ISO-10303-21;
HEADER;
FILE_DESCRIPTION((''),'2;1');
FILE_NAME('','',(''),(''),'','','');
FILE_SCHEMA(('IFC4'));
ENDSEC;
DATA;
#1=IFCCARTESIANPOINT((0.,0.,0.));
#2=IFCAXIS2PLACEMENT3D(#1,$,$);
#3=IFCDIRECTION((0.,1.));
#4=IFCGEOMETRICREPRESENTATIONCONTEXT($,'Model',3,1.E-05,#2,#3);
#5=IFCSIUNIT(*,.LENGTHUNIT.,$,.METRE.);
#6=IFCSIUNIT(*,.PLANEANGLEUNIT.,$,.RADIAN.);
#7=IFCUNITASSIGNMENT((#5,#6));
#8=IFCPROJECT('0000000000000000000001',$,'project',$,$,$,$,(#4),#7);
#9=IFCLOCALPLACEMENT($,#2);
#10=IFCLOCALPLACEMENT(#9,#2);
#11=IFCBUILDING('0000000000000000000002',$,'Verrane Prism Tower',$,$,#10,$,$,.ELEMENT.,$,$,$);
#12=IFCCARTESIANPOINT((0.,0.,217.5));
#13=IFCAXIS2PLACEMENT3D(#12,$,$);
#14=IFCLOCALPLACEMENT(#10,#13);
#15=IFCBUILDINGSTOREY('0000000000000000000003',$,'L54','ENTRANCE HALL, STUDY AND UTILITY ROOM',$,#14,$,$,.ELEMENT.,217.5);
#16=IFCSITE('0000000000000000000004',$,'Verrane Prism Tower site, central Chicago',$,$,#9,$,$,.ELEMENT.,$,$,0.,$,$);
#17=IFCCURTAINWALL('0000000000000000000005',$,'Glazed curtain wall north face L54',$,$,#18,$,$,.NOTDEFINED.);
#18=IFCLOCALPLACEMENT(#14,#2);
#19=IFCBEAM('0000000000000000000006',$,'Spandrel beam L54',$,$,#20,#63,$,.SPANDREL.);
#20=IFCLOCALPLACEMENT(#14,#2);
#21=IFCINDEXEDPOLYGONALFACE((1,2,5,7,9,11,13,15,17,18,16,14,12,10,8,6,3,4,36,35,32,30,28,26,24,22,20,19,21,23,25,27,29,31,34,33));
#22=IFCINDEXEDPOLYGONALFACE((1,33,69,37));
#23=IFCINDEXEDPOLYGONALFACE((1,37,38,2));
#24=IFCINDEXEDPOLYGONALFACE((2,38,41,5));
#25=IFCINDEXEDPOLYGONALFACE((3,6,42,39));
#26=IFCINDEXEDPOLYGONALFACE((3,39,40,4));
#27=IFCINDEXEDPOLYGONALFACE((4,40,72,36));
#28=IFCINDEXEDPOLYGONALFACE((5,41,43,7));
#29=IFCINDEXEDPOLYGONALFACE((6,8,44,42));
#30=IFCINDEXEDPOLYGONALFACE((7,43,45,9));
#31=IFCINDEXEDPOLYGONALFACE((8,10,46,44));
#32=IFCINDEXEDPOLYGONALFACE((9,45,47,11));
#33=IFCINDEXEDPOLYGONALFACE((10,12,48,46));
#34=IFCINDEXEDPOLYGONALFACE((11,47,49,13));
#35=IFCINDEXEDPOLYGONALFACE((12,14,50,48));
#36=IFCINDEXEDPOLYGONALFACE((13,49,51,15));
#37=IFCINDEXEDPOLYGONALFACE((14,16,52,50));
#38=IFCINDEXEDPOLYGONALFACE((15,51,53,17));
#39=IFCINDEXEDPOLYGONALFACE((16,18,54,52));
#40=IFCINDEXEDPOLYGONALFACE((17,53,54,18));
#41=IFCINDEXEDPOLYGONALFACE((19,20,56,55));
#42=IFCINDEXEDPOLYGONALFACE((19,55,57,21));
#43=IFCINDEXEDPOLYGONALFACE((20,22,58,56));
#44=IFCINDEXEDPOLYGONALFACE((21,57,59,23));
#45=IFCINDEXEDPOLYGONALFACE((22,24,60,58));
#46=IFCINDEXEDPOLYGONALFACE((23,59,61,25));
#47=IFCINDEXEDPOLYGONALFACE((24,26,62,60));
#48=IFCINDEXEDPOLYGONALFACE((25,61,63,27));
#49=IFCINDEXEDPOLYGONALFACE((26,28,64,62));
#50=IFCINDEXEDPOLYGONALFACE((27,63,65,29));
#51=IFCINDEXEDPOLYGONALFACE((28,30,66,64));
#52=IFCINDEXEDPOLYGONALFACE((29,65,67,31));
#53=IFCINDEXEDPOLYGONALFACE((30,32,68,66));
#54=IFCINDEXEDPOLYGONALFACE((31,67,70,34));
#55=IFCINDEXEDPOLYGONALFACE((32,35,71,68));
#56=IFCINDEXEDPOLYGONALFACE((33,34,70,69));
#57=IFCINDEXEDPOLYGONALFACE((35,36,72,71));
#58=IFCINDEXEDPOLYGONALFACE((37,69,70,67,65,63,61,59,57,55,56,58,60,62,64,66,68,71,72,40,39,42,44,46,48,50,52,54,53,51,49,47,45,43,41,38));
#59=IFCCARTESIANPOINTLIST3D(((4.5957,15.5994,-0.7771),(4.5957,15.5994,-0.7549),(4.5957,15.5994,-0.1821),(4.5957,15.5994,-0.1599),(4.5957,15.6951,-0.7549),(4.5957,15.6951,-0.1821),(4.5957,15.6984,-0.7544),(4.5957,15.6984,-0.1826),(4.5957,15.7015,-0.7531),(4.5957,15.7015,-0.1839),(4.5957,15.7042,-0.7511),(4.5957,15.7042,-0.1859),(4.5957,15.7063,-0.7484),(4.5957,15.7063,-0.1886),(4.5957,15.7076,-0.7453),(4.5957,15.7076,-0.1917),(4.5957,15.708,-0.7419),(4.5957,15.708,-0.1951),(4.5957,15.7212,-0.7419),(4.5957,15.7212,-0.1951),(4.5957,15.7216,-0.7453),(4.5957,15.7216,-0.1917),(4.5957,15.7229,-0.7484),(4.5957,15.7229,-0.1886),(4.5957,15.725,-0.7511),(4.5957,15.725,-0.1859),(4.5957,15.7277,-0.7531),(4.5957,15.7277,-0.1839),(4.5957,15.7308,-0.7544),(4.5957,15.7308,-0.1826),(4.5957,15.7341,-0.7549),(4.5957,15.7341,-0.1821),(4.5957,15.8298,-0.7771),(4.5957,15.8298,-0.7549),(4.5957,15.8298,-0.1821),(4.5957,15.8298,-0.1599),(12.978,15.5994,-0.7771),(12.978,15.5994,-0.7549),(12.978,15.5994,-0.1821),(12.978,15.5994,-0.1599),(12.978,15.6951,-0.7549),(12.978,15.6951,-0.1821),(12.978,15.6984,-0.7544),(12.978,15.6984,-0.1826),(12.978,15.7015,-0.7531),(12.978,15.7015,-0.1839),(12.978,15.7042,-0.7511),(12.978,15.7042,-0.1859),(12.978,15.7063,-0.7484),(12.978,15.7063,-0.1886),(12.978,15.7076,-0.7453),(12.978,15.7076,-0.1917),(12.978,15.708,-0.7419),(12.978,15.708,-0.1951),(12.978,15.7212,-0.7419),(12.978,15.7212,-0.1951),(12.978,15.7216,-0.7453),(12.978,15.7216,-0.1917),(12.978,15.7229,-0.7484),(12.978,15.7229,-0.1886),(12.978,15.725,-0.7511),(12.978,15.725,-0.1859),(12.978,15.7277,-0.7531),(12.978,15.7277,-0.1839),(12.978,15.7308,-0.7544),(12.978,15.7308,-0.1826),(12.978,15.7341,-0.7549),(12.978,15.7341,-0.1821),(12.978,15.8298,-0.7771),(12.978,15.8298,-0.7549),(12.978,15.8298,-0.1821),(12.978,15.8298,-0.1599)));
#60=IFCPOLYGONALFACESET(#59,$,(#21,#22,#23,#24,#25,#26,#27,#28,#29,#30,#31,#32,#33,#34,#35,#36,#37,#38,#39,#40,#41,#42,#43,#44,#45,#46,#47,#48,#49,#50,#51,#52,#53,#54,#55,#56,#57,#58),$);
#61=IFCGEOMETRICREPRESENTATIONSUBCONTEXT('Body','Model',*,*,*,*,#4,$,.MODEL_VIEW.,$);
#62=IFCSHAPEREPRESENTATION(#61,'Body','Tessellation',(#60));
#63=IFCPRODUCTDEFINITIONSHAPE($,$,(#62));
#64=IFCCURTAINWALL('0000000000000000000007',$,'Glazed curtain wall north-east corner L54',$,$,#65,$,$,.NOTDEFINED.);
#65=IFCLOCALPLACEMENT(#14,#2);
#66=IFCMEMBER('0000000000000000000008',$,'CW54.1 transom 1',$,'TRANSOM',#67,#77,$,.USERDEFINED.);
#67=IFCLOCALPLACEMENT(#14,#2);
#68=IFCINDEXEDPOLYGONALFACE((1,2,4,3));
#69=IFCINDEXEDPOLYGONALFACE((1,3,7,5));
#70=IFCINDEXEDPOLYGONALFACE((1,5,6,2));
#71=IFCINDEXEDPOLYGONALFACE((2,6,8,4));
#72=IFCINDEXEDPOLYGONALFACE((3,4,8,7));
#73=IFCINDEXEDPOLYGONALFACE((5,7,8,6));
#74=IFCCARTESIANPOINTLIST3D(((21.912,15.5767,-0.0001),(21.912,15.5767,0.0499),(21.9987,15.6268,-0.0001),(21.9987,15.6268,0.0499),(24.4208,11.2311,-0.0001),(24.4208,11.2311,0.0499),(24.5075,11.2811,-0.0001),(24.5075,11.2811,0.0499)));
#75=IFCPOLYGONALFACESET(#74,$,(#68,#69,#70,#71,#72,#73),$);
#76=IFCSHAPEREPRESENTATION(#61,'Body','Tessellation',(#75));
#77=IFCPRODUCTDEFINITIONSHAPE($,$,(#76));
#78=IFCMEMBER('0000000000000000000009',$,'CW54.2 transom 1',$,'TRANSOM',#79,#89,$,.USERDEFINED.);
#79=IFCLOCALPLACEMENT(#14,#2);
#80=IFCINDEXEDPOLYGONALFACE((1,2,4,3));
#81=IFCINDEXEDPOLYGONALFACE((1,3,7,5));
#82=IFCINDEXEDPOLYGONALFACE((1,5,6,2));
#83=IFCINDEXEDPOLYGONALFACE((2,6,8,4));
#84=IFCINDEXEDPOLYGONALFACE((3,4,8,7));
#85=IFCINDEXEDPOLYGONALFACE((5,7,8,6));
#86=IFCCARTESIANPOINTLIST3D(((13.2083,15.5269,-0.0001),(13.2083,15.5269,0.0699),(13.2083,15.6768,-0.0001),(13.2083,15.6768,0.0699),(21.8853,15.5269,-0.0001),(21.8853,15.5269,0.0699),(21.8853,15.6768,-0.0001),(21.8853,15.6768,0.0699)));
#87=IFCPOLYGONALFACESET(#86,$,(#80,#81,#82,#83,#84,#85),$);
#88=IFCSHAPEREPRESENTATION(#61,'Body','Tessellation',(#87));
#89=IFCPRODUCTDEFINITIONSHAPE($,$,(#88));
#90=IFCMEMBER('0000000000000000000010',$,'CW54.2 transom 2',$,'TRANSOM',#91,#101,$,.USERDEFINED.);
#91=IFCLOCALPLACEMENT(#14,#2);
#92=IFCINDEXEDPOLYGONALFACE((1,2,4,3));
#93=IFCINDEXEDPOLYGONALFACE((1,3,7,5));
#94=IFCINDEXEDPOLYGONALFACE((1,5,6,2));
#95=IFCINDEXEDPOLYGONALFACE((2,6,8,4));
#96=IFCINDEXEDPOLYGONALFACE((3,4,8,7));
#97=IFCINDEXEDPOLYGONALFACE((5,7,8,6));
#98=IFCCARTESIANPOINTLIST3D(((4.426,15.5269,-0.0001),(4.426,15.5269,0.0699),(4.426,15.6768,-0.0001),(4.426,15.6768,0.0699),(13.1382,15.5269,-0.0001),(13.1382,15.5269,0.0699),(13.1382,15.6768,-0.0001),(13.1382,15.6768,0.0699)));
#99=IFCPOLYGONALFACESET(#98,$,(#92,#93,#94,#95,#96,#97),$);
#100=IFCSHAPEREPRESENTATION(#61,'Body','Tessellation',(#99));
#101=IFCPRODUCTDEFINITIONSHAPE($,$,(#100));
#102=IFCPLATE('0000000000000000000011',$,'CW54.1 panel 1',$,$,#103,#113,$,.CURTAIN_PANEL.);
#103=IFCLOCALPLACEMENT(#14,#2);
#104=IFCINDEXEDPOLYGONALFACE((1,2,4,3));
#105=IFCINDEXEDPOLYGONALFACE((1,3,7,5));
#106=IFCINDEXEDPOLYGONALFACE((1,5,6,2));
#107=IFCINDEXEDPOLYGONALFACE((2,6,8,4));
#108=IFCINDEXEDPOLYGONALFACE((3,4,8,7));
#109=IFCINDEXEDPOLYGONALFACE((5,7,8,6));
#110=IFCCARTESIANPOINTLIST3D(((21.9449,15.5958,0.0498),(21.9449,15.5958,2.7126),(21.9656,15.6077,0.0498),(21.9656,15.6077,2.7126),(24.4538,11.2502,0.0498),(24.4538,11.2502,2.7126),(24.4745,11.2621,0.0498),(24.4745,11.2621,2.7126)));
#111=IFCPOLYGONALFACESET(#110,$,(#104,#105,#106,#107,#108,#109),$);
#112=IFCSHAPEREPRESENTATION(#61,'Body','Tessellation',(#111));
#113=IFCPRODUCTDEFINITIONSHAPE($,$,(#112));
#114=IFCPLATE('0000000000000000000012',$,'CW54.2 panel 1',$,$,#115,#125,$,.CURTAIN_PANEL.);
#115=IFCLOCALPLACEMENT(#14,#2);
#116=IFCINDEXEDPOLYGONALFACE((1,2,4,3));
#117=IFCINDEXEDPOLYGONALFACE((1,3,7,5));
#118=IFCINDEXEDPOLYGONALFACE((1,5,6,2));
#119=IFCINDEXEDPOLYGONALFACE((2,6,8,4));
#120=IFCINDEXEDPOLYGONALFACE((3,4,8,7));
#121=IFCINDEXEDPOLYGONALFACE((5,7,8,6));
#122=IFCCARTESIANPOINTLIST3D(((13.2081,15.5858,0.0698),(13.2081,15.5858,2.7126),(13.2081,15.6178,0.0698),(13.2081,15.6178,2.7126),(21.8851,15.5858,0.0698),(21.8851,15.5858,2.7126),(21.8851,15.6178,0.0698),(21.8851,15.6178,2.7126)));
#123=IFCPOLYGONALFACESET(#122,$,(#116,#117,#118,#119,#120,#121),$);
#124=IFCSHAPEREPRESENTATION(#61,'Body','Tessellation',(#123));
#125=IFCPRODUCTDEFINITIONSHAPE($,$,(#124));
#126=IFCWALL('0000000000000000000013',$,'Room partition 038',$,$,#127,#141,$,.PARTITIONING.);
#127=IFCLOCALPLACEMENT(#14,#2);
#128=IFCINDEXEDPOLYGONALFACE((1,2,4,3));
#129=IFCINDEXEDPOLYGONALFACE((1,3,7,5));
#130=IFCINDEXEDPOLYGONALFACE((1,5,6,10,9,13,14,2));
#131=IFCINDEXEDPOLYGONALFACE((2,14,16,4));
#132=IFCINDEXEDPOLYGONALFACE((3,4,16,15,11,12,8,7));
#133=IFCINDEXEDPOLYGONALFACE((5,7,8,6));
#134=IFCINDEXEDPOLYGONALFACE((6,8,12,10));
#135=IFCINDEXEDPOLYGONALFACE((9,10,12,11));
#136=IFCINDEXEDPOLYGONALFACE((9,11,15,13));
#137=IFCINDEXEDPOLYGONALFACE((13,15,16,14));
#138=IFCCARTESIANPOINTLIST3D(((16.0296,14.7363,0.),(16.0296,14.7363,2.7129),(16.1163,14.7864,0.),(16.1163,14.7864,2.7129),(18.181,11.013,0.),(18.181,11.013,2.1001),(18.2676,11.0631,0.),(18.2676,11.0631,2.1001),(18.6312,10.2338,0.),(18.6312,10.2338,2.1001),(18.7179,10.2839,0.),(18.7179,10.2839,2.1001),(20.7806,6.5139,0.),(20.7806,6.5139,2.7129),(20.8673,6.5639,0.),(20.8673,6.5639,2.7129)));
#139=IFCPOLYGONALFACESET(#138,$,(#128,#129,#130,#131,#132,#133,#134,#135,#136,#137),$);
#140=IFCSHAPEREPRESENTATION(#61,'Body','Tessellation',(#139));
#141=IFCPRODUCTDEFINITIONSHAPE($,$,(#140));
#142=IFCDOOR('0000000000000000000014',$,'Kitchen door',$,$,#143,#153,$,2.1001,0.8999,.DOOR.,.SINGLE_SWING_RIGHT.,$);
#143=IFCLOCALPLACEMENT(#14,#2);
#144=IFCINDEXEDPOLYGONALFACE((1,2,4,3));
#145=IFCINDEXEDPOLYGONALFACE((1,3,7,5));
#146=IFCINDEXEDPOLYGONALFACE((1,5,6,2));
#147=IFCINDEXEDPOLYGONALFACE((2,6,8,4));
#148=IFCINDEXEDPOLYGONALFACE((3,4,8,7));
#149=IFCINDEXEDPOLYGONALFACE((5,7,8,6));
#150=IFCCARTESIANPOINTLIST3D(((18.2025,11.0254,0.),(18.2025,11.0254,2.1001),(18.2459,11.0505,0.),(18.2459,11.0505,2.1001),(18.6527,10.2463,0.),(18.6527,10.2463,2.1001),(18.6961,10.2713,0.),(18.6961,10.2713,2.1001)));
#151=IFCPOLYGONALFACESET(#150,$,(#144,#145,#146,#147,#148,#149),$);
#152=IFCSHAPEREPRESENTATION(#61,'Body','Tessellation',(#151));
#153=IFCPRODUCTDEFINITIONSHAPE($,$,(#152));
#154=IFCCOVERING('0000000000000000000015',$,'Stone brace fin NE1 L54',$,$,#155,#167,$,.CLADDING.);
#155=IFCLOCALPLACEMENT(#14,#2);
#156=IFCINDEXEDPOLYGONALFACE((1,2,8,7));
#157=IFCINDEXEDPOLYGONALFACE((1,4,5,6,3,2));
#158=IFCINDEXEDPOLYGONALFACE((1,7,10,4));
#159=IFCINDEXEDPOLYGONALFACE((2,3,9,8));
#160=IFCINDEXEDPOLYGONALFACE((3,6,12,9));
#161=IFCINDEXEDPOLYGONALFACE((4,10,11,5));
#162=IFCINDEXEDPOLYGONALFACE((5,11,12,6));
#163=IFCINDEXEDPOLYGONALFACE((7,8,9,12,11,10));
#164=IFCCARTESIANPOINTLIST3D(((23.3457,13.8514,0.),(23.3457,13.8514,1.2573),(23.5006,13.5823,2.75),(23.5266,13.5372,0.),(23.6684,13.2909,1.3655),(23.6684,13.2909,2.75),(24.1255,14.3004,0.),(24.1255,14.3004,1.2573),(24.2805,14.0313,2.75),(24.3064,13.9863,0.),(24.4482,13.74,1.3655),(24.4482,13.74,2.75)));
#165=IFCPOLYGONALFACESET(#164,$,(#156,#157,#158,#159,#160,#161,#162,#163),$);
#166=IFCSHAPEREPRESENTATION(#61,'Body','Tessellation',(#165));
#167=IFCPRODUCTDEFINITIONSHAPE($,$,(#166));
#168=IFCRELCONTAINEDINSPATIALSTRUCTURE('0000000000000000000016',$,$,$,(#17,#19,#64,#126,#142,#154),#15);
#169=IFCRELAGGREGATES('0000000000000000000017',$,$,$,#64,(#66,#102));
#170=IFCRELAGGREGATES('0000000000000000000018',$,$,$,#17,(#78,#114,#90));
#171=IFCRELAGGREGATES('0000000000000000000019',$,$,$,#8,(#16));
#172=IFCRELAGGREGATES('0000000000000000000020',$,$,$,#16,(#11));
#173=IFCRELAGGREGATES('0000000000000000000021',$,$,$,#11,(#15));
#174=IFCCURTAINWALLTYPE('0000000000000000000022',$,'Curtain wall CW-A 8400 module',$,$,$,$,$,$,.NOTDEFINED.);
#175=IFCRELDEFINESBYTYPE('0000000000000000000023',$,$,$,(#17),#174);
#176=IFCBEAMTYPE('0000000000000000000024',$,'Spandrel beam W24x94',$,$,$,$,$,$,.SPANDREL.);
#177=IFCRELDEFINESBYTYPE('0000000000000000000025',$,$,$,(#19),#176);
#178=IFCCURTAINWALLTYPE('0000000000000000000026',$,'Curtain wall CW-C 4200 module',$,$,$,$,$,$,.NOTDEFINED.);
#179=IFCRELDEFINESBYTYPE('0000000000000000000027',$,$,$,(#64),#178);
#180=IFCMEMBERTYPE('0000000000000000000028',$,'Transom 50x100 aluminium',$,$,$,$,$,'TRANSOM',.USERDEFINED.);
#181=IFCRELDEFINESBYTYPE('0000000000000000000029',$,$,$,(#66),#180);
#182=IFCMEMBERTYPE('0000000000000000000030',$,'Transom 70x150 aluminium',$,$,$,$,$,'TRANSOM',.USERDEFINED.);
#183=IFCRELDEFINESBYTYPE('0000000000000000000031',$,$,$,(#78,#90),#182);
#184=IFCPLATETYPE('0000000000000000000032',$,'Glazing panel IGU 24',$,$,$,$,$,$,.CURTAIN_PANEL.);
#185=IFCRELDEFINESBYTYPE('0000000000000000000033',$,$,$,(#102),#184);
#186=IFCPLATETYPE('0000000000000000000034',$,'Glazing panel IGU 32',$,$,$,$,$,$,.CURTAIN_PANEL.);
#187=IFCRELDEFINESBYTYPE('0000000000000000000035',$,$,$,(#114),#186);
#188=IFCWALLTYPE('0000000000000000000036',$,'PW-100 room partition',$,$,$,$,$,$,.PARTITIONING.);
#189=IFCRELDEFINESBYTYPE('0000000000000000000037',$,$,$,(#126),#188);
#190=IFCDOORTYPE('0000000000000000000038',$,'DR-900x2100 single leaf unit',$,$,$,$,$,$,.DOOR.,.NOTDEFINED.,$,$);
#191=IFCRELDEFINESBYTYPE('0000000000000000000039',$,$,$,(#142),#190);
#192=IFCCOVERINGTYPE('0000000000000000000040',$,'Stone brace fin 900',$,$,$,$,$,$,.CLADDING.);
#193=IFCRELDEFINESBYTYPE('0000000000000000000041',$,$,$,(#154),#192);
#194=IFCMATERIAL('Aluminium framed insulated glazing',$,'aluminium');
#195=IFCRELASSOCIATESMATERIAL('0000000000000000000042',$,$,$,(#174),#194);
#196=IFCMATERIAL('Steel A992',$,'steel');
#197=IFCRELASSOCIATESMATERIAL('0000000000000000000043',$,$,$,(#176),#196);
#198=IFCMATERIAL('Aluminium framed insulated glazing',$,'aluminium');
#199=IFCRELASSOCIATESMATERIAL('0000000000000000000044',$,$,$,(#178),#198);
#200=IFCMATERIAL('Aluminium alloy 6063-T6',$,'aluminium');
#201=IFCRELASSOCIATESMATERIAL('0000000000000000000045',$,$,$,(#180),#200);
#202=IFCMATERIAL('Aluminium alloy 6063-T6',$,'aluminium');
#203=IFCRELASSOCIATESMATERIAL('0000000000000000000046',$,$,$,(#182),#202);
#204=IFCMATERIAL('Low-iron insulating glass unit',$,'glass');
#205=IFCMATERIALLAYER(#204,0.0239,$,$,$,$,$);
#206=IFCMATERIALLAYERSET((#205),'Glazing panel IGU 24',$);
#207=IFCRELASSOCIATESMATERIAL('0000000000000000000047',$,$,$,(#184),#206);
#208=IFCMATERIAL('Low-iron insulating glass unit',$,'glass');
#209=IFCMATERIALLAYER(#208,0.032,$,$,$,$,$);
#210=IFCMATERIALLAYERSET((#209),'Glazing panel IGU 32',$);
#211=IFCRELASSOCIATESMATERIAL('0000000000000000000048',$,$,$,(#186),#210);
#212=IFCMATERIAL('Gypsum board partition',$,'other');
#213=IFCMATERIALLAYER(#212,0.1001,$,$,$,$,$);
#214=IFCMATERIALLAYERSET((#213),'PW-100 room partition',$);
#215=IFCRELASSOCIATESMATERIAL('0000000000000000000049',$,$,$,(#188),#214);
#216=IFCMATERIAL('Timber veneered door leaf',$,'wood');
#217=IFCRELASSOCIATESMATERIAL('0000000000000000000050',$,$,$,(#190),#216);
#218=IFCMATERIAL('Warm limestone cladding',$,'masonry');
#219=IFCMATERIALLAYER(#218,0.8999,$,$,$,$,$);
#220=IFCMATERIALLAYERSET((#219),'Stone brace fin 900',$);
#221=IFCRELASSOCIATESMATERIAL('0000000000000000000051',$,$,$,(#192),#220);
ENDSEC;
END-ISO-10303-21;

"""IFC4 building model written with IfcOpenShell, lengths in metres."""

from ifc_helpers import new_model, si_unit, direction, frame, frame_2d, origin, origin_2d, place, context, subcontext, project, spatial, polyline, rectangle, i_section, outline, extrude, material, layer, layer_set, material_profile, profile_set, type_object, element, fill, aggregate, save


model = new_model("IFC4")

# Units and contexts
model_context = context("Model", 3, precision=1e-05, world=origin(), true_north=direction((0.0, 1.0)))
body_context = subcontext(model_context, "Body", "Model", "MODEL_VIEW")
ifc_project = project(units=[si_unit("LENGTHUNIT", "METRE"), si_unit("PLANEANGLEUNIT", "RADIAN")], contexts=[model_context])

# Site, building, storey
site_placement = place(None, origin())
site = spatial("IfcSite", under=ifc_project, at=site_placement, Name="Verrane Prism Tower site, central Chicago", CompositionType="ELEMENT", RefElevation=0.0)
building_placement = place(site_placement, origin())
building = spatial("IfcBuilding", under=site, at=building_placement, Name="Verrane Prism Tower", CompositionType="ELEMENT")
storey_placement = place(building_placement, frame((0.0, 0.0, 217.5)))
storey = spatial("IfcBuildingStorey", under=building, at=storey_placement, Name="L54", Description="ENTRANCE HALL, STUDY AND UTILITY ROOM", CompositionType="ELEMENT", Elevation=217.5)

# Curtain wall
ifc_material_1 = material(Name="Aluminium framed insulated glazing", Category="aluminium")
curtain_wall_type_1 = type_object("IfcCurtainWallType", Name="Curtain wall CW-A 8400 module", PredefinedType="NOTDEFINED", material=ifc_material_1)
curtain_wall_1_placement = place(storey_placement, origin())
curtain_wall_1 = element("IfcCurtainWall", 1, at=curtain_wall_1_placement, inside=storey, type_object=curtain_wall_type_1, Name="Glazed curtain wall north face L54", PredefinedType="NOTDEFINED")

# Beam
ifc_material_2 = material(Name="Steel A992", Category="steel")
ifc_material_profile_1 = material_profile(ifc_material_2, i_section(OverallWidth=0.2305, OverallDepth=0.6172, WebThickness=0.0132, FlangeThickness=0.0222, FilletRadius=0.0129, at=origin_2d()), Name="W24x94")
ifc_profile_set_1 = profile_set([ifc_material_profile_1], Name="Steel A992")
beam_type_1 = type_object("IfcBeamType", Name="Spandrel beam W24x94", PredefinedType="SPANDREL", material=ifc_profile_set_1)
beam_1_placement = place(storey_placement, frame((12.978, 15.7146, -0.4685), z_axis=(-1.0, 0.0, 0.0), x_axis=(0.0, -1.0, 0.0)))
element("IfcBeam", 2, at=beam_1_placement, inside=storey, type_object=beam_type_1, Name="Spandrel beam L54", PredefinedType="SPANDREL", context=body_context, shape_type="SweptSolid", body=[
    extrude(i_section(OverallWidth=0.2305, OverallDepth=0.6172, WebThickness=0.0132, FlangeThickness=0.0222, FilletRadius=0.0129, at=origin_2d()), origin(), (0.0, 0.0, 1.0), 8.3823),
])

# Curtain wall, member
ifc_material_3 = material(Name="Aluminium framed insulated glazing", Category="aluminium")
curtain_wall_type_2 = type_object("IfcCurtainWallType", Name="Curtain wall CW-C 4200 module", PredefinedType="NOTDEFINED", material=ifc_material_3)
curtain_wall_2_placement = place(storey_placement, origin())
curtain_wall_2 = element("IfcCurtainWall", 3, at=curtain_wall_2_placement, inside=storey, type_object=curtain_wall_type_2, Name="Glazed curtain wall north-east corner L54", PredefinedType="NOTDEFINED")
ifc_material_4 = material(Name="Aluminium alloy 6063-T6", Category="aluminium")
ifc_material_profile_2 = material_profile(ifc_material_4, rectangle(XDim=0.1001, YDim=0.05, at=origin_2d()), Name="Transom 50x100 aluminium")
ifc_profile_set_2 = profile_set([ifc_material_profile_2], Name="Aluminium alloy 6063-T6")
member_type_1 = type_object("IfcMemberType", Name="Transom 50x100 aluminium", ElementType="TRANSOM", PredefinedType="USERDEFINED", material=ifc_profile_set_2)
member_1_placement = place(storey_placement, frame((24.4641, 11.2561, 0.0249), z_axis=(-0.49997, 0.866043, 0.0), x_axis=(-0.866043, -0.49997, 0.0)))
member_1 = element("IfcMember", 4, at=member_1_placement, type_object=member_type_1, Name="CW54.1 transom 1", ObjectType="TRANSOM", PredefinedType="USERDEFINED", context=body_context, shape_type="SweptSolid", body=[
    extrude(rectangle(XDim=0.1001, YDim=0.05, at=origin_2d()), origin(), (0.0, 0.0, 1.0), 5.0178),
])

# Members
ifc_material_5 = material(Name="Aluminium alloy 6063-T6", Category="aluminium")
ifc_material_profile_3 = material_profile(ifc_material_5, rectangle(XDim=0.1499, YDim=0.0701, at=origin_2d()), Name="Transom 70x150 aluminium")
ifc_profile_set_3 = profile_set([ifc_material_profile_3], Name="Aluminium alloy 6063-T6")
member_type_2 = type_object("IfcMemberType", Name="Transom 70x150 aluminium", ElementType="TRANSOM", PredefinedType="USERDEFINED", material=ifc_profile_set_3)
member_2_placement = place(storey_placement, frame((21.8853, 15.6018, 0.0349), z_axis=(-1.0, 0.0, 0.0), x_axis=(0.0, -1.0, 0.0)))
member_2 = element("IfcMember", 5, at=member_2_placement, type_object=member_type_2, Name="CW54.2 transom 1", ObjectType="TRANSOM", PredefinedType="USERDEFINED", context=body_context, shape_type="SweptSolid", body=[
    extrude(rectangle(XDim=0.1499, YDim=0.0701, at=origin_2d()), origin(), (0.0, 0.0, 1.0), 8.677),
])
member_3_placement = place(storey_placement, frame((13.1382, 15.6018, 0.0349), z_axis=(-1.0, 0.0, 0.0), x_axis=(0.0, -1.0, 0.0)))
member_3 = element("IfcMember", 6, at=member_3_placement, type_object=member_type_2, Name="CW54.2 transom 2", ObjectType="TRANSOM", PredefinedType="USERDEFINED", context=body_context, shape_type="SweptSolid", body=[
    extrude(rectangle(XDim=0.1499, YDim=0.0701, at=origin_2d()), origin(), (0.0, 0.0, 1.0), 8.7122),
])

# Plates
ifc_material_6 = material(Name="Low-iron insulating glass unit", Category="glass")
ifc_layer_1 = layer(ifc_material_6, 0.0239)
ifc_layer_set_1 = layer_set([ifc_layer_1], Name="Glazing panel IGU 24")
plate_type_1 = type_object("IfcPlateType", Name="Glazing panel IGU 24", PredefinedType="CURTAIN_PANEL", material=ifc_layer_set_1)
plate_1_placement = place(storey_placement, frame((23.2097, 13.429, 0.0498), z_axis=(0.0, 0.0, 1.0), x_axis=(-0.499995, 0.866028, 0.0)))
plate_1 = element("IfcPlate", 7, at=plate_1_placement, type_object=plate_type_1, Name="CW54.1 panel 1", PredefinedType="CURTAIN_PANEL", context=body_context, shape_type="SweptSolid", body=[
    extrude(rectangle(XDim=5.0178, YDim=0.0239, at=origin_2d()), origin(), (0.0, 0.0, 1.0), 2.6628),
])
aggregate(curtain_wall_2, [member_1, plate_1])
ifc_material_7 = material(Name="Low-iron insulating glass unit", Category="glass")
ifc_layer_2 = layer(ifc_material_7, 0.032)
ifc_layer_set_2 = layer_set([ifc_layer_2], Name="Glazing panel IGU 32")
plate_type_2 = type_object("IfcPlateType", Name="Glazing panel IGU 32", PredefinedType="CURTAIN_PANEL", material=ifc_layer_set_2)
plate_2_placement = place(storey_placement, frame((17.5466, 15.6018, 0.0698), z_axis=(0.0, 0.0, 1.0), x_axis=(-1.0, 0.0, 0.0)))
plate_2 = element("IfcPlate", 8, at=plate_2_placement, type_object=plate_type_2, Name="CW54.2 panel 1", PredefinedType="CURTAIN_PANEL", context=body_context, shape_type="SweptSolid", body=[
    extrude(rectangle(XDim=8.677, YDim=0.032, at=origin_2d()), origin(), (0.0, 0.0, 1.0), 2.6428),
])
aggregate(curtain_wall_1, [member_2, plate_2, member_3])

# Wall, opening, door
ifc_material_8 = material(Name="Gypsum board partition", Category="other")
ifc_layer_3 = layer(ifc_material_8, 0.1001)
ifc_layer_set_3 = layer_set([ifc_layer_3], Name="PW-100 room partition")
wall_type = type_object("IfcWallType", Name="PW-100 room partition", PredefinedType="PARTITIONING", material=ifc_layer_set_3)
wall_placement = place(storey_placement, frame((16.073, 14.7612, 0.0), z_axis=(0.0, 0.0, 1.0), x_axis=(0.500297, -0.865854, 0.0)))
wall = element("IfcWall", 9, at=wall_placement, inside=storey, type_object=wall_type, Name="Room partition 038", PredefinedType="PARTITIONING", context=body_context, shape_type="SweptSolid", body=[
    extrude(rectangle(XDim=9.4963, YDim=0.1001, at=frame_2d((4.748, 0.0))), origin(), (0.0, 0.0, 1.0), 2.7129),
])
opening_placement = place(wall_placement, frame((4.3, 0.0, 0.0)))
opening = element("IfcOpeningElement", 10, at=opening_placement, cuts=wall, PredefinedType="OPENING", context=body_context, shape_type="SweptSolid", body=[
    extrude(rectangle(XDim=0.8999, YDim=2.1001, at=frame_2d((0.45, 1.05))), frame((0.0, 0.0601, 0.0), z_axis=(0.0, -1.0, 0.0), x_axis=(1.0, 0.0, 0.0)), (0.0, 0.0, 1.0), 0.1201),
])
ifc_material_9 = material(Name="Timber veneered door leaf", Category="wood")
door_type = type_object("IfcDoorType", Name="DR-900x2100 single leaf unit", OperationType="NOTDEFINED", PredefinedType="DOOR", material=ifc_material_9)
door_placement = place(opening_placement, origin())
door = element("IfcDoor", 11, at=door_placement, inside=storey, type_object=door_type, Name="Kitchen door", OperationType="SINGLE_SWING_RIGHT", OverallHeight=2.1001, OverallWidth=0.8999, PredefinedType="DOOR", context=body_context, shape_type="SweptSolid", body=[
    extrude(rectangle(XDim=0.8999, YDim=2.1001, at=frame_2d((0.45, 1.05))), frame((0.0, 0.0249, 0.0), z_axis=(0.0, -1.0, 0.0), x_axis=(1.0, 0.0, 0.0)), (0.0, 0.0, 1.0), 0.05),
])
fill(opening, door)

# Covering
ifc_material_10 = material(Name="Warm limestone cladding", Category="masonry")
ifc_layer_4 = layer(ifc_material_10, 0.8999)
ifc_layer_set_4 = layer_set([ifc_layer_4], Name="Stone brace fin 900")
covering_type = type_object("IfcCoveringType", Name="Stone brace fin 900", PredefinedType="CLADDING", material=ifc_layer_set_4)
covering_placement = place(storey_placement, frame((23.7356, 14.0759, 0.0), z_axis=(0.0, 0.0, 1.0), x_axis=(0.498982, -0.866613, 0.0)))
element("IfcCovering", 12, at=covering_placement, inside=storey, type_object=covering_type, Name="Stone brace fin NE1 L54", PredefinedType="CLADDING", context=body_context, shape_type="SweptSolid", body=[
    extrude(outline(polyline([(0.6467, 2.75), (0.3105, 2.75), (0.0, 1.2573), (0.0, 0.0), (0.3625, 0.0), (0.6467, 1.3655), (0.6467, 2.75)])), frame((0.0, 0.45, 0.0), z_axis=(0.0, -1.0, 0.0), x_axis=(1.0, 0.0, 0.0)), (0.0, 0.0, 1.0), 0.8999),
])

save(model, "model.ifc")
